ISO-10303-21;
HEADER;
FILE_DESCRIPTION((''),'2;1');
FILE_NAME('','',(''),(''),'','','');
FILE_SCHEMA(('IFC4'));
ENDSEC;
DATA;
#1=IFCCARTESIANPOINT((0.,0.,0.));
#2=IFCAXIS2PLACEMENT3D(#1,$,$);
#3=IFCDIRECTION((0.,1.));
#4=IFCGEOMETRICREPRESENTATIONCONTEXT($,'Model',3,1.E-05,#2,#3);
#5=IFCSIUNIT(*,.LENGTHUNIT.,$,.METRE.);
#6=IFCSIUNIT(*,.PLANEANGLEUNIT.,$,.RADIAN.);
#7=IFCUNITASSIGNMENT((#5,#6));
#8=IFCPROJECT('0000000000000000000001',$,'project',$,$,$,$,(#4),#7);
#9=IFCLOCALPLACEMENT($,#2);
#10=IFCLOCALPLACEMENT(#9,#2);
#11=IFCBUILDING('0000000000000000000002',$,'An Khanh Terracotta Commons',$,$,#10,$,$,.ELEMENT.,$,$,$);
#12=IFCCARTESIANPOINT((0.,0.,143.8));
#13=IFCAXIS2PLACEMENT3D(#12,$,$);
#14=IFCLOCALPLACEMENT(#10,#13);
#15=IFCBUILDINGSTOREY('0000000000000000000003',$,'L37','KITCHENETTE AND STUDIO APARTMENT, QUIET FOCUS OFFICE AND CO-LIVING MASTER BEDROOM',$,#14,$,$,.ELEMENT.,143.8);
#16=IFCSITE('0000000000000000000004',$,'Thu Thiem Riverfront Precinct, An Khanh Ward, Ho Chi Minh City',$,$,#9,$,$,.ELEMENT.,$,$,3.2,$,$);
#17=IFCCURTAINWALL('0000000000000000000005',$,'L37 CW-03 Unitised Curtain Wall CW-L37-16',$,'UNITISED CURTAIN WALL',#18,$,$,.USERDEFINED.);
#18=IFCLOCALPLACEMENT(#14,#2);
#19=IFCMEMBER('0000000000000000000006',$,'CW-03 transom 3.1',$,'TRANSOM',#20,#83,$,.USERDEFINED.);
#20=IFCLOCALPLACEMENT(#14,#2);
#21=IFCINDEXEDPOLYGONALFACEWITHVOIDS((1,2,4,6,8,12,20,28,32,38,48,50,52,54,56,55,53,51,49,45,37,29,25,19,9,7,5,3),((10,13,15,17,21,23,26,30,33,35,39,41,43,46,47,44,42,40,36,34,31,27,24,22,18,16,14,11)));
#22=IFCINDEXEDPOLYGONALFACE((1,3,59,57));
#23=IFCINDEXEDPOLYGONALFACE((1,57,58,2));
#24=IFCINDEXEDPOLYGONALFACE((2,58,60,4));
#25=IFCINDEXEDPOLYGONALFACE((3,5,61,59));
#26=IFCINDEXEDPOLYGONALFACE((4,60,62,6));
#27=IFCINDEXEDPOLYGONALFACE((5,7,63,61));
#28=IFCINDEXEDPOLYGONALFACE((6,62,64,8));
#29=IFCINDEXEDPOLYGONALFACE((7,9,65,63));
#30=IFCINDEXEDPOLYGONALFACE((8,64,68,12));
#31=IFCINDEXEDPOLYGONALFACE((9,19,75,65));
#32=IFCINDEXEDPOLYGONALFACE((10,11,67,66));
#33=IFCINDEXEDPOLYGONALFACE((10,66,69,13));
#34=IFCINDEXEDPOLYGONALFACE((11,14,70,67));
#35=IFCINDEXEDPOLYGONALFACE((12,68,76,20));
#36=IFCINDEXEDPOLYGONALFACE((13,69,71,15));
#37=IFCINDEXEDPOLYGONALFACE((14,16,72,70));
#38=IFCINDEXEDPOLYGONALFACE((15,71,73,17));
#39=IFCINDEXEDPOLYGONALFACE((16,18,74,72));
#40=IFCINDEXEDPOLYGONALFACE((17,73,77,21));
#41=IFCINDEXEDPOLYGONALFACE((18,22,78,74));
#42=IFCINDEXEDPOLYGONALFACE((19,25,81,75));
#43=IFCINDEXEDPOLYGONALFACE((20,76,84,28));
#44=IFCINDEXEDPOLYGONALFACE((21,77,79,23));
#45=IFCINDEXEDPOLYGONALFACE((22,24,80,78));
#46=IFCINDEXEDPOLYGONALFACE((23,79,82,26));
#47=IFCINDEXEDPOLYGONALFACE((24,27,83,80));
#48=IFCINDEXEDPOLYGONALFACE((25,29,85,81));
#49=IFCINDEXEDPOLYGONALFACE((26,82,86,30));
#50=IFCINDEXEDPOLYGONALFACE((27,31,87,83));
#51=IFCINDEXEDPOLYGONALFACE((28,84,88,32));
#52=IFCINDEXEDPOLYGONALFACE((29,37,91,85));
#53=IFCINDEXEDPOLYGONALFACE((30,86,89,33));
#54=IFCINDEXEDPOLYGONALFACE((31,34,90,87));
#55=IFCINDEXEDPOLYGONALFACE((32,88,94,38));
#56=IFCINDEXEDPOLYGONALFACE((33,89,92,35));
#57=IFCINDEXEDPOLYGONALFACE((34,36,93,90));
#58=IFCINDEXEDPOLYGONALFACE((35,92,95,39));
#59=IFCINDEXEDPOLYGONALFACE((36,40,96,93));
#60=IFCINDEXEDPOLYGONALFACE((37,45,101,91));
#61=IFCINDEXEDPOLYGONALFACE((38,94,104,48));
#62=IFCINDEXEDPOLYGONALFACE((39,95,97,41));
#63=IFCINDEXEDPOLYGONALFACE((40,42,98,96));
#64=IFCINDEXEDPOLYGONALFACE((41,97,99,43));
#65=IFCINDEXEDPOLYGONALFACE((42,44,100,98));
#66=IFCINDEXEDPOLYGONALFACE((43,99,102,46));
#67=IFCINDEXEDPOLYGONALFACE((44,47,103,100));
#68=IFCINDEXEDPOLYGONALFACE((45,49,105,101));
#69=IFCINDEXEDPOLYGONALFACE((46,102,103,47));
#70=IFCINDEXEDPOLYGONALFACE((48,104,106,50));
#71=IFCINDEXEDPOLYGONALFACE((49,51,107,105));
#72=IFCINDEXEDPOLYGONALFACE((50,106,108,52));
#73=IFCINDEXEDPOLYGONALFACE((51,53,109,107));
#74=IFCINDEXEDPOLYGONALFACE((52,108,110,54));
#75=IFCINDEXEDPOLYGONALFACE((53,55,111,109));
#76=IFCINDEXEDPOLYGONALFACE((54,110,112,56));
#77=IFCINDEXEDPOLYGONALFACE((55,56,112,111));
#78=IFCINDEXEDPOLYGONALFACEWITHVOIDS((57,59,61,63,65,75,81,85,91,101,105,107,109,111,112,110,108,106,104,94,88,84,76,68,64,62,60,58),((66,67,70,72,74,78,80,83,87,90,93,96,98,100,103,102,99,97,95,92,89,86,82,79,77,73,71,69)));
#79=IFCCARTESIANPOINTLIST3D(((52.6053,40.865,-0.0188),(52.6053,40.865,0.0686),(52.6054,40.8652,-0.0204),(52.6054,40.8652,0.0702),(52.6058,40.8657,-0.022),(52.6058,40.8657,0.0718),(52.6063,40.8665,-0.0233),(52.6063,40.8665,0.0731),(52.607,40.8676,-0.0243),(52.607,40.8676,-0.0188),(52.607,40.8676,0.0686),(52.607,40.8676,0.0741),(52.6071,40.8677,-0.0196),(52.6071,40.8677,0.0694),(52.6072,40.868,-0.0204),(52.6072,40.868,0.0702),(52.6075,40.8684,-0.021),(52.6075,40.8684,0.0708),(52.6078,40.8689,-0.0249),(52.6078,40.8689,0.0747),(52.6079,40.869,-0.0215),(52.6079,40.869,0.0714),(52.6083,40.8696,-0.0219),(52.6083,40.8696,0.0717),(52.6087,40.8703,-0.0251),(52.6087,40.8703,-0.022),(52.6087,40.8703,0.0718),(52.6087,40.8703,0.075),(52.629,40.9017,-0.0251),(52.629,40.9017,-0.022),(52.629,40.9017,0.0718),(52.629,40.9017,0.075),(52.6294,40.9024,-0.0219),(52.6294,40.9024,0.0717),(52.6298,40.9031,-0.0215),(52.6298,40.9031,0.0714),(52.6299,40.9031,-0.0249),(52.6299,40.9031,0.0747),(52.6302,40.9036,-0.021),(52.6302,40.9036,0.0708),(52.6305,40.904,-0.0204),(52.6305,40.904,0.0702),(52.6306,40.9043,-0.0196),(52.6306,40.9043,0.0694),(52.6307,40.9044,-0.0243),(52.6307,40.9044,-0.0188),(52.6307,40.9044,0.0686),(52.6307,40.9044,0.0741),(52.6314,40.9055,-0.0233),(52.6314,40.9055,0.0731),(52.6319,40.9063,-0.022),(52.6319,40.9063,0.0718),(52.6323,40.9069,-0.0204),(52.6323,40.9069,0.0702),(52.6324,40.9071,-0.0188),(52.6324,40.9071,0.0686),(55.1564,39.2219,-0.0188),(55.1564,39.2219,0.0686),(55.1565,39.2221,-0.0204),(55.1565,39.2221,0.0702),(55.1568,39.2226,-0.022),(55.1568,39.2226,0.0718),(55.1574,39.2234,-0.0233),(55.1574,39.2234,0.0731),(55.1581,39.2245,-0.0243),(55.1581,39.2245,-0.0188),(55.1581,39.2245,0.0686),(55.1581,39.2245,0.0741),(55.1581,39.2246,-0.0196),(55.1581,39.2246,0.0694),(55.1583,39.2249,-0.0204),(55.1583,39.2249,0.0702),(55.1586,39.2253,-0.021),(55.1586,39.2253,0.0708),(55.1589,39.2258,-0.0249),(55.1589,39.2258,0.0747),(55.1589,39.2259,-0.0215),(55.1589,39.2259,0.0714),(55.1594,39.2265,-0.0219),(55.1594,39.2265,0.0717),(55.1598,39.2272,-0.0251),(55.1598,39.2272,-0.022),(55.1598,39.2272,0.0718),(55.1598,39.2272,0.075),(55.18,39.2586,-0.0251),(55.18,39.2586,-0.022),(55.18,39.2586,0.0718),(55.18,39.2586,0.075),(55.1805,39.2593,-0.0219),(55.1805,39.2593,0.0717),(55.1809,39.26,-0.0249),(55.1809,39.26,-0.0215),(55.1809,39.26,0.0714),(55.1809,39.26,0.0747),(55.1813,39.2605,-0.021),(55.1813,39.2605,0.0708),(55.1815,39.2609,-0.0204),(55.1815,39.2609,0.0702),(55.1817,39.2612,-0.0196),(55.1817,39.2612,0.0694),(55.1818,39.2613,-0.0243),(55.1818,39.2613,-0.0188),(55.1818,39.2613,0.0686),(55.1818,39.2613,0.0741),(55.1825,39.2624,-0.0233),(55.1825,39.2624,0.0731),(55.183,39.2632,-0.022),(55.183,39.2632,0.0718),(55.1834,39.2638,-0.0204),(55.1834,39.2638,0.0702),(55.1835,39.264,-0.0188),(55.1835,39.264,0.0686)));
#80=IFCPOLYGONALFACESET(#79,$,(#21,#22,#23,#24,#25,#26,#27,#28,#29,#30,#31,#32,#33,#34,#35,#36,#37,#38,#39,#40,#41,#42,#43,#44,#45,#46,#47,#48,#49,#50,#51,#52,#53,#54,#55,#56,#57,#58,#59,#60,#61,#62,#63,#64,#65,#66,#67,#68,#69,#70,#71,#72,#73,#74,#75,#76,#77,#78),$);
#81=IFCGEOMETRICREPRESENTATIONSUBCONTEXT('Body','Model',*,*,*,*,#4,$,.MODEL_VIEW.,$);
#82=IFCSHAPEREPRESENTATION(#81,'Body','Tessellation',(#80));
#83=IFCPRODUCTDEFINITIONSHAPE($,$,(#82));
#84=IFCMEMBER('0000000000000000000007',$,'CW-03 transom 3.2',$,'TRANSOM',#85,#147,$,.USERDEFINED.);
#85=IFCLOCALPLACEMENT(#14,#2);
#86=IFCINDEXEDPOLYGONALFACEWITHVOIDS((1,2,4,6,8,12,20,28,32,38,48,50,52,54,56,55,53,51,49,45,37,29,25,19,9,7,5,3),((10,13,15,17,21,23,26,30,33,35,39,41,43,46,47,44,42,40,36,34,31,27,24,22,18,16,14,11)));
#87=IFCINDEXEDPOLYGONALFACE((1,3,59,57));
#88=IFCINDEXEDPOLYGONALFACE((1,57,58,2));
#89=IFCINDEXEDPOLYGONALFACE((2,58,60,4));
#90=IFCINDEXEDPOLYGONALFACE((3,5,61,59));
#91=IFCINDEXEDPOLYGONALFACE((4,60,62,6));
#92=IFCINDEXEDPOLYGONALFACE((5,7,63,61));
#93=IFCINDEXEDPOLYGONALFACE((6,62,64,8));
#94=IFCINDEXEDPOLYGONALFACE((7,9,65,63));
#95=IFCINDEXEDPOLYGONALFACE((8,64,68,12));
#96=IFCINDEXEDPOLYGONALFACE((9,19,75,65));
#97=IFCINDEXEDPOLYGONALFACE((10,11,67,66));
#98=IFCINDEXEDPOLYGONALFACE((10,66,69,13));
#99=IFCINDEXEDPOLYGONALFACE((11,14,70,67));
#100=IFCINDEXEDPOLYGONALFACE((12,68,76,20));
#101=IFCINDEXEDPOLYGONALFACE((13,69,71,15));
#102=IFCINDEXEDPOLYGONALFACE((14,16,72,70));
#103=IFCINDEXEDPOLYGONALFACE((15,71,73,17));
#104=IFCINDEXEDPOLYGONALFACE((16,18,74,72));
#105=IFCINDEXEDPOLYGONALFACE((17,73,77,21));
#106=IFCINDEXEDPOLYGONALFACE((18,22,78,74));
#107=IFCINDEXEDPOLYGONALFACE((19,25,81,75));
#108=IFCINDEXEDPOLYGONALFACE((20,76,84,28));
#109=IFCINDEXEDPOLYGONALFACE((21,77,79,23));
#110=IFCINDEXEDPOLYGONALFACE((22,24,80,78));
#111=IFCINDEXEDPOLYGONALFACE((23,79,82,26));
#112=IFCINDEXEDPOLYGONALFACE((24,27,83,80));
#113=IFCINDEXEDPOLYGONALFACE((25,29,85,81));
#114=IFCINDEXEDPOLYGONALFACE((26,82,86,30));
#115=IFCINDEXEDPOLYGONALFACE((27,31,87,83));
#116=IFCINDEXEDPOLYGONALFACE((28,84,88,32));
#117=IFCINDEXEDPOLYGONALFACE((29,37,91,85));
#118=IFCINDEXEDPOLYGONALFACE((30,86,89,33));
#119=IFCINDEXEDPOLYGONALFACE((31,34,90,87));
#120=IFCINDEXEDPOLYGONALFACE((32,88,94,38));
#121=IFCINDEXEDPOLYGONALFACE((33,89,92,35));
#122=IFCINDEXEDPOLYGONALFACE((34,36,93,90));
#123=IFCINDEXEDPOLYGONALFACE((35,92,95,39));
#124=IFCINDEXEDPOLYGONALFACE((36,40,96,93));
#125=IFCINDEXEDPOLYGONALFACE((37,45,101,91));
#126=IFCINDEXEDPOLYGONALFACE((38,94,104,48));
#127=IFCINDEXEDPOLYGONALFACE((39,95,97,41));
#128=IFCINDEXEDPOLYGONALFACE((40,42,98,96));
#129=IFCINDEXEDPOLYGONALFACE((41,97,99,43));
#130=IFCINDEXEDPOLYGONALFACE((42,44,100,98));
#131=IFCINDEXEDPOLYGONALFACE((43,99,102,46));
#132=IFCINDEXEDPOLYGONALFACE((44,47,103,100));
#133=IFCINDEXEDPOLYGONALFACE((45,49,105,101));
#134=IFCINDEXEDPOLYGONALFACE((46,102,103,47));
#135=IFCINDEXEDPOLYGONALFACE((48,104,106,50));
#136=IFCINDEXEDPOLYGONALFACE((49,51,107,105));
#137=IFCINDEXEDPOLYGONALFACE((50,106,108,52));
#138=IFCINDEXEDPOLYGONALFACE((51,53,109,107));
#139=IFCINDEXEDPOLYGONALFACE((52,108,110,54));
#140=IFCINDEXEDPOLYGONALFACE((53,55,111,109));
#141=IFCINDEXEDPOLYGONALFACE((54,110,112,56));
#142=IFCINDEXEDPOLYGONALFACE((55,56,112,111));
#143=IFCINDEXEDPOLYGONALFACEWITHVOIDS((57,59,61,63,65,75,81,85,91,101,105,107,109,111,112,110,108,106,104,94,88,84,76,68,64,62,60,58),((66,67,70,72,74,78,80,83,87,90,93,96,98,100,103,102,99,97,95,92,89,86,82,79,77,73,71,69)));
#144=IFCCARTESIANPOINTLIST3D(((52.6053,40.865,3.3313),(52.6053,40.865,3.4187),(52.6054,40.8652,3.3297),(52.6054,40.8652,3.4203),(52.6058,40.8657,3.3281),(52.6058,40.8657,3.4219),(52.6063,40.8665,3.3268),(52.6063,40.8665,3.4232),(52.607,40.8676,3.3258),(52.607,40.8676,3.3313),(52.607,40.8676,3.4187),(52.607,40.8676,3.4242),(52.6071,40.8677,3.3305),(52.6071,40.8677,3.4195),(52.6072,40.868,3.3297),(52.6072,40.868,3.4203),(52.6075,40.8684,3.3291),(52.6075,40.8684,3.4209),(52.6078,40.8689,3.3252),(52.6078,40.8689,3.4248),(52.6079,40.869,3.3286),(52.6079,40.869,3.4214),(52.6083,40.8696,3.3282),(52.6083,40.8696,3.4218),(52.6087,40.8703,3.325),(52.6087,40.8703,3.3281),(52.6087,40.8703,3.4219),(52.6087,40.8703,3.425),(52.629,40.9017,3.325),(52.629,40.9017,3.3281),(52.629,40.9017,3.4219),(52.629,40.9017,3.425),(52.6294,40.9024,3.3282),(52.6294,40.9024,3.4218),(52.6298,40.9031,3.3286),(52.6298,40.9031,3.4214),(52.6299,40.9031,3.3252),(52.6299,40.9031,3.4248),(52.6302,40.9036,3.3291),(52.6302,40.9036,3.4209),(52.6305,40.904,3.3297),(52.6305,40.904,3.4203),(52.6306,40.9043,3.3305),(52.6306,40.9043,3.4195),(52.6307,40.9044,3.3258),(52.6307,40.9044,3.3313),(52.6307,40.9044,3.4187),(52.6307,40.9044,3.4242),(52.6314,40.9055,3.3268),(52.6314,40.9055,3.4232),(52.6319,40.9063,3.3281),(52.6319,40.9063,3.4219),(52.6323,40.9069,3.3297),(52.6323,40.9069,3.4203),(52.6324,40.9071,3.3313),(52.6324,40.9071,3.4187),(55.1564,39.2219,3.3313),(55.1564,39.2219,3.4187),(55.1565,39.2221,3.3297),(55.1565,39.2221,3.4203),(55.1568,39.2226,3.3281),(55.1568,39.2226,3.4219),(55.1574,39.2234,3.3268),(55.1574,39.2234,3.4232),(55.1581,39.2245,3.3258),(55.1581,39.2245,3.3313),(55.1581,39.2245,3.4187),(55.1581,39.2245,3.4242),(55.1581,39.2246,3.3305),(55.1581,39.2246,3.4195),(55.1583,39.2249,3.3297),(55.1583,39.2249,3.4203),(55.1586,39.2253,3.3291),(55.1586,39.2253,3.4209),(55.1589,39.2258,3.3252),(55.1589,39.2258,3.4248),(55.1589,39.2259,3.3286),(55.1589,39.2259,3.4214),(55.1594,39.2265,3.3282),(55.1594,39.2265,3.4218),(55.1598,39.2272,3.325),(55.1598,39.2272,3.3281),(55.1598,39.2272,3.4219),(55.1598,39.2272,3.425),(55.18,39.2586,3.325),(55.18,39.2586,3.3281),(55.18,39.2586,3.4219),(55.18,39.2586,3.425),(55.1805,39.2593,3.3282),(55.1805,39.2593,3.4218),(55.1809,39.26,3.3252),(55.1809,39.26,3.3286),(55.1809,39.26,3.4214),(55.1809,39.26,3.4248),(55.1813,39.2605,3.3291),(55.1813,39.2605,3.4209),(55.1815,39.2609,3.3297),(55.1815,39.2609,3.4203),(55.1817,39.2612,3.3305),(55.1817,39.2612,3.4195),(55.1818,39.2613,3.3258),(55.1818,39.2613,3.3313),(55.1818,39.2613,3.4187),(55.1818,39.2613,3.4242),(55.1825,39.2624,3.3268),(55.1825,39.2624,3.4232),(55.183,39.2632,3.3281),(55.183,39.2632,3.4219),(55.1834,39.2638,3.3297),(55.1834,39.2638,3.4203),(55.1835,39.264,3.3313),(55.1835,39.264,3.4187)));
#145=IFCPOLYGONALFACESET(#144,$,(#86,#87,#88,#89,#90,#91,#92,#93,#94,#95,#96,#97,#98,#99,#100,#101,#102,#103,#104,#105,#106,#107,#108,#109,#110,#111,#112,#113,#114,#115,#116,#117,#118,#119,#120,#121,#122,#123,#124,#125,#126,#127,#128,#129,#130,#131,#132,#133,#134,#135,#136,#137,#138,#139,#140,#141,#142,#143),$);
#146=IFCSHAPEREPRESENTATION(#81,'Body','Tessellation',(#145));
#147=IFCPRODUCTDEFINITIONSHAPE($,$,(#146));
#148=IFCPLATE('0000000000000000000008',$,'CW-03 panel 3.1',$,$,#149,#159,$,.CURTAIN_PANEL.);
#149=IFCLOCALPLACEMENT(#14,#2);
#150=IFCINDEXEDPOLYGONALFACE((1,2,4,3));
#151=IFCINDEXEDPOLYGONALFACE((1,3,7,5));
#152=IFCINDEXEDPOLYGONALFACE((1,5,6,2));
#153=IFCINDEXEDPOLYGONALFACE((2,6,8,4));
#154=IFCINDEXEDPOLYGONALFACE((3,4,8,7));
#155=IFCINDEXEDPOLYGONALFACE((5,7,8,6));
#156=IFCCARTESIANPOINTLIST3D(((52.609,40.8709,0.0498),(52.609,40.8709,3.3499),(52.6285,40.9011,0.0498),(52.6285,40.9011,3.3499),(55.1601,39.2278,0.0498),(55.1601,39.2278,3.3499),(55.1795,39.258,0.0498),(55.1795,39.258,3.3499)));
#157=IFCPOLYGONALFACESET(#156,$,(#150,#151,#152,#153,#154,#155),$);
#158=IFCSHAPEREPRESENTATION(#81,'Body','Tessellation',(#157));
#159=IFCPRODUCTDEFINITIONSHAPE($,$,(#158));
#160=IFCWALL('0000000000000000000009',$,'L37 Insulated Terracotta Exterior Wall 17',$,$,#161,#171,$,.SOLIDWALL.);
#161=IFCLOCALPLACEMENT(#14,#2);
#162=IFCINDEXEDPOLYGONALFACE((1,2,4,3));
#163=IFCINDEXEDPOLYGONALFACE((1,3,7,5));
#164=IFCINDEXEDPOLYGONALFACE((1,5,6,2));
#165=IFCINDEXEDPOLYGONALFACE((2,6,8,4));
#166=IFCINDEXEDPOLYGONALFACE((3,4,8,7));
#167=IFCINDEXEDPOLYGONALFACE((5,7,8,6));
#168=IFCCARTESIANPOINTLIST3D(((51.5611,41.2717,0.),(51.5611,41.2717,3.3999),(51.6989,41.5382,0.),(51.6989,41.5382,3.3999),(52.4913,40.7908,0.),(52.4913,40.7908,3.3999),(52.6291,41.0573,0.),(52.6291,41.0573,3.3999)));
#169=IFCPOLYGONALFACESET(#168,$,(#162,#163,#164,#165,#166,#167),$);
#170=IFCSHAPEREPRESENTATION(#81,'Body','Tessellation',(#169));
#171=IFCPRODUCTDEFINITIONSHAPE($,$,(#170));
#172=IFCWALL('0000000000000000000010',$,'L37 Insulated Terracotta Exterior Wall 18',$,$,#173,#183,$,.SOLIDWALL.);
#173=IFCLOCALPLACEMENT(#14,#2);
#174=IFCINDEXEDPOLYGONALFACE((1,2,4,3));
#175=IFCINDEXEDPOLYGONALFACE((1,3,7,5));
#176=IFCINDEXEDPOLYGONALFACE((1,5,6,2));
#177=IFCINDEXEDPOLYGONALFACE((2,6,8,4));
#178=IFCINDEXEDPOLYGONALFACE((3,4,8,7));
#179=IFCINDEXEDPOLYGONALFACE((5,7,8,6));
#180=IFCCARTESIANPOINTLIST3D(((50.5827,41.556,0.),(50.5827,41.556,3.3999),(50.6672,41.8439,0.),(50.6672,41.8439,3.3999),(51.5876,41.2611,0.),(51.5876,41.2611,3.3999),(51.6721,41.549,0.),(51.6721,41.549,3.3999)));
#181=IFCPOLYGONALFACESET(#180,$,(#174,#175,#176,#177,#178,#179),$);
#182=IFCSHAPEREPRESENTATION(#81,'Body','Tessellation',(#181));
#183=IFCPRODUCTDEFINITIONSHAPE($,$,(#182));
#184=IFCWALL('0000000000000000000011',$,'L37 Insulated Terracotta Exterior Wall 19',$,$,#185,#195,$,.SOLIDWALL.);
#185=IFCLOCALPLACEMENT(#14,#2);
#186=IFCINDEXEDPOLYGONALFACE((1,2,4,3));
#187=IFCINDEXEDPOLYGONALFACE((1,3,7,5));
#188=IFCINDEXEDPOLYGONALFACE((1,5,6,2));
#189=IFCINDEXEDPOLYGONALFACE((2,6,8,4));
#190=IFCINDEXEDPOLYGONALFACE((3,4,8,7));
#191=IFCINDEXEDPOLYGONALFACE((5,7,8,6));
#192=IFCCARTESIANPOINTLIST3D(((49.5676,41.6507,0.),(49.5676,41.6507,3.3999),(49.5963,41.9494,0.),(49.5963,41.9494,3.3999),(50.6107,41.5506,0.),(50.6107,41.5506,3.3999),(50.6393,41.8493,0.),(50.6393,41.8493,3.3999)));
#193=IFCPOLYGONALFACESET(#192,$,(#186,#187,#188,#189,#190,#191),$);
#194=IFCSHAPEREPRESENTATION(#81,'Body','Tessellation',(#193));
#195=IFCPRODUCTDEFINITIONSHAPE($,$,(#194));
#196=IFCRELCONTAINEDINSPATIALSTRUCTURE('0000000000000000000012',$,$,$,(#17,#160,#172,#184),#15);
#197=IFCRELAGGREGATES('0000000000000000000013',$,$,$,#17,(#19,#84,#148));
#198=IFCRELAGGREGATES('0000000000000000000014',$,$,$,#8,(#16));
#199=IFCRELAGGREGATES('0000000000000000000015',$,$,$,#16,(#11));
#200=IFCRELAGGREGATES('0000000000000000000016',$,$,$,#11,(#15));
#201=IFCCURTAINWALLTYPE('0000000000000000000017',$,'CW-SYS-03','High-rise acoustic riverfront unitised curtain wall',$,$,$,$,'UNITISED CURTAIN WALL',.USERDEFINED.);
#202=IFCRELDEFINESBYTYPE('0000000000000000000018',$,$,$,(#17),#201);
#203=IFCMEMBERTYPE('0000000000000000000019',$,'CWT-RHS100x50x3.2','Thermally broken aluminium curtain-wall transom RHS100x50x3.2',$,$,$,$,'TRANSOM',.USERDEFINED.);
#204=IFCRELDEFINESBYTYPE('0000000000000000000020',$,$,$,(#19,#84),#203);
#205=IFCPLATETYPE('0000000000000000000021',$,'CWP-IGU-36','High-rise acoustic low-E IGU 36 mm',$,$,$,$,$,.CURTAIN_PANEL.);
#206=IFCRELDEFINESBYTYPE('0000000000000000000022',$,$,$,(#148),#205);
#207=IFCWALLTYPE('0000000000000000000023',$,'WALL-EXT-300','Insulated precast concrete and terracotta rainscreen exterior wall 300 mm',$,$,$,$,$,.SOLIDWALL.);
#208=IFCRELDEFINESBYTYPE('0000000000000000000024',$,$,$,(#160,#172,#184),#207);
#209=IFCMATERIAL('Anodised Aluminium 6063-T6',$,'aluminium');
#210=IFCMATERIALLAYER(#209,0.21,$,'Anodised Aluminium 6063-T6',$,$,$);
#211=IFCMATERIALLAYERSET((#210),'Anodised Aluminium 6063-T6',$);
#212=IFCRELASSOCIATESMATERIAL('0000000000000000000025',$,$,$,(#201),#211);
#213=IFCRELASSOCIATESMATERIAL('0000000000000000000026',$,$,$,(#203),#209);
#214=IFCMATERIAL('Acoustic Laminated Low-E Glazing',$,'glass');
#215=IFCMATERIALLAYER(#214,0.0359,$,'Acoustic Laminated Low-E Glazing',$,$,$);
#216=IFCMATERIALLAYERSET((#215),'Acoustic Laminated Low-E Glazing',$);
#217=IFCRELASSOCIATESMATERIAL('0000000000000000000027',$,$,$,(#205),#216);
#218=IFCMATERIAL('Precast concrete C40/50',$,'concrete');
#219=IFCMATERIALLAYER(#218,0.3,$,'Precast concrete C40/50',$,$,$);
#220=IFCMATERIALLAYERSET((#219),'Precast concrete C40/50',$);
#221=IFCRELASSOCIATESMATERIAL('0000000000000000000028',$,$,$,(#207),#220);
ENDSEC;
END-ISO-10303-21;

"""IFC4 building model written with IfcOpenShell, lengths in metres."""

from ifc_helpers import new_model, si_unit, direction, frame, frame_2d, origin, origin_2d, place, context, subcontext, project, spatial, rectangle, hollow_rectangle, extrude, material, layer, layer_set, material_profile, profile_set, type_object, element, aggregate, save


model = new_model("IFC4")

# Units and contexts
model_context = context("Model", 3, precision=1e-05, world=origin(), true_north=direction((0.0, 1.0)))
body_context = subcontext(model_context, "Body", "Model", "MODEL_VIEW")
ifc_project = project(units=[si_unit("LENGTHUNIT", "METRE"), si_unit("PLANEANGLEUNIT", "RADIAN")], contexts=[model_context])

# Site, building, storey
site_placement = place(None, origin())
site = spatial("IfcSite", under=ifc_project, at=site_placement, Name="Thu Thiem Riverfront Precinct, An Khanh Ward, Ho Chi Minh City", CompositionType="ELEMENT", RefElevation=3.2)
building_placement = place(site_placement, origin())
building = spatial("IfcBuilding", under=site, at=building_placement, Name="An Khanh Terracotta Commons", CompositionType="ELEMENT")
storey_placement = place(building_placement, frame((0.0, 0.0, 143.8)))
storey = spatial("IfcBuildingStorey", under=building, at=storey_placement, Name="L37", Description="KITCHENETTE AND STUDIO APARTMENT, QUIET FOCUS OFFICE AND CO-LIVING MASTER BEDROOM", CompositionType="ELEMENT", Elevation=143.8)

# Curtain wall, members, plate
ifc_material_1 = material(Name="Anodised Aluminium 6063-T6", Category="aluminium")
ifc_layer_1 = layer(ifc_material_1, 0.21, Name="Anodised Aluminium 6063-T6")
ifc_layer_set_1 = layer_set([ifc_layer_1], Name="Anodised Aluminium 6063-T6")
curtain_wall_type = type_object("IfcCurtainWallType", Name="CW-SYS-03", Description="High-rise acoustic riverfront unitised curtain wall", ElementType="UNITISED CURTAIN WALL", PredefinedType="USERDEFINED", material=ifc_layer_set_1)
curtain_wall_placement = place(storey_placement, origin())
curtain_wall = element("IfcCurtainWall", 1, at=curtain_wall_placement, inside=storey, type_object=curtain_wall_type, Name="L37 CW-03 Unitised Curtain Wall CW-L37-16", ObjectType="UNITISED CURTAIN WALL", PredefinedType="USERDEFINED")
ifc_material_profile_1 = material_profile(ifc_material_1, hollow_rectangle(XDim=0.05, YDim=0.1001, WallThickness=0.0032, InnerFilletRadius=0.0032, OuterFilletRadius=0.0063, at=origin_2d()), Name="RHS100x50x3.2")
ifc_profile_set_1 = profile_set([ifc_material_profile_1], Name="Anodised Aluminium 6063-T6")
member_type_1 = type_object("IfcMemberType", Name="CWT-RHS100x50x3.2", Description="Thermally broken aluminium curtain-wall transom RHS100x50x3.2", ElementType="TRANSOM", PredefinedType="USERDEFINED", material=ifc_profile_set_1)
member_1_placement = place(storey_placement, frame((55.1699, 39.2429, 0.0249), z_axis=(-0.84071, 0.541485, 0.0), x_axis=(-0.541485, -0.84071, 0.0)))
member_1 = element("IfcMember", 2, at=member_1_placement, type_object=member_type_1, Name="CW-03 transom 3.1", ObjectType="TRANSOM", PredefinedType="USERDEFINED", context=body_context, shape_type="SweptSolid", body=[
    extrude(hollow_rectangle(XDim=0.05, YDim=0.1001, WallThickness=0.0032, InnerFilletRadius=0.0032, OuterFilletRadius=0.0063, at=origin_2d()), origin(), (0.0, 0.0, 1.0), 3.0344),
])
member_2_placement = place(storey_placement, frame((55.1699, 39.2429, 3.375), z_axis=(-0.84071, 0.541485, 0.0), x_axis=(-0.541485, -0.84071, 0.0)))
member_2 = element("IfcMember", 3, at=member_2_placement, type_object=member_type_1, Name="CW-03 transom 3.2", ObjectType="TRANSOM", PredefinedType="USERDEFINED", context=body_context, shape_type="SweptSolid", body=[
    extrude(hollow_rectangle(XDim=0.05, YDim=0.1001, WallThickness=0.0032, InnerFilletRadius=0.0032, OuterFilletRadius=0.0063, at=origin_2d()), origin(), (0.0, 0.0, 1.0), 3.0344),
])
ifc_material_2 = material(Name="Acoustic Laminated Low-E Glazing", Category="glass")
ifc_layer_2 = layer(ifc_material_2, 0.0359, Name="Acoustic Laminated Low-E Glazing")
ifc_layer_set_2 = layer_set([ifc_layer_2], Name="Acoustic Laminated Low-E Glazing")
plate_type = type_object("IfcPlateType", Name="CWP-IGU-36", Description="High-rise acoustic low-E IGU 36 mm", PredefinedType="CURTAIN_PANEL", material=ifc_layer_set_2)
plate_placement = place(storey_placement, frame((53.8943, 40.0645, 0.0498), z_axis=(0.0, 0.0, 1.0), x_axis=(-0.840702, 0.541498, 0.0)))
plate = element("IfcPlate", 4, at=plate_placement, type_object=plate_type, Name="CW-03 panel 3.1", PredefinedType="CURTAIN_PANEL", context=body_context, shape_type="SweptSolid", body=[
    extrude(rectangle(XDim=3.0344, YDim=0.0359, at=origin_2d()), origin(), (0.0, 0.0, 1.0), 3.3),
])
aggregate(curtain_wall, [member_1, member_2, plate])

# Walls
ifc_material_3 = material(Name="Precast concrete C40/50", Category="concrete")
ifc_layer_3 = layer(ifc_material_3, 0.3, Name="Precast concrete C40/50")
ifc_layer_set_3 = layer_set([ifc_layer_3], Name="Precast concrete C40/50")
wall_type_1 = type_object("IfcWallType", Name="WALL-EXT-300", Description="Insulated precast concrete and terracotta rainscreen exterior wall 300 mm", PredefinedType="SOLIDWALL", material=ifc_layer_set_3)
wall_1_placement = place(storey_placement, frame((52.5601, 40.9241, 0.0), z_axis=(0.0, 0.0, 1.0), x_axis=(-0.888283, 0.459296, 0.0)))
element("IfcWall", 5, at=wall_1_placement, inside=storey, type_object=wall_type_1, Name="L37 Insulated Terracotta Exterior Wall 17", PredefinedType="SOLIDWALL", context=body_context, shape_type="SweptSolid", body=[
    extrude(rectangle(XDim=1.0471, YDim=0.3, at=frame_2d((0.5234, 0.0))), origin(), (0.0, 0.0, 1.0), 3.3999),
])
wall_2_placement = place(storey_placement, frame((51.6299, 41.405, 0.0), z_axis=(0.0, 0.0, 1.0), x_axis=(-0.959529, 0.281611, 0.0)))
element("IfcWall", 6, at=wall_2_placement, inside=storey, type_object=wall_type_1, Name="L37 Insulated Terracotta Exterior Wall 18", PredefinedType="SOLIDWALL", context=body_context, shape_type="SweptSolid", body=[
    extrude(rectangle(XDim=1.0474, YDim=0.3, at=frame_2d((0.5237, 0.0))), origin(), (0.0, 0.0, 1.0), 3.3999),
])
wall_3_placement = place(storey_placement, frame((50.625, 41.7, 0.0), z_axis=(0.0, 0.0, 1.0), x_axis=(-0.995426, 0.095535, 0.0)))
element("IfcWall", 7, at=wall_3_placement, inside=storey, type_object=wall_type_1, Name="L37 Insulated Terracotta Exterior Wall 19", PredefinedType="SOLIDWALL", context=body_context, shape_type="SweptSolid", body=[
    extrude(rectangle(XDim=1.0479, YDim=0.3, at=frame_2d((0.5239, 0.0))), origin(), (0.0, 0.0, 1.0), 3.3999),
])

save(model, "model.ifc")
